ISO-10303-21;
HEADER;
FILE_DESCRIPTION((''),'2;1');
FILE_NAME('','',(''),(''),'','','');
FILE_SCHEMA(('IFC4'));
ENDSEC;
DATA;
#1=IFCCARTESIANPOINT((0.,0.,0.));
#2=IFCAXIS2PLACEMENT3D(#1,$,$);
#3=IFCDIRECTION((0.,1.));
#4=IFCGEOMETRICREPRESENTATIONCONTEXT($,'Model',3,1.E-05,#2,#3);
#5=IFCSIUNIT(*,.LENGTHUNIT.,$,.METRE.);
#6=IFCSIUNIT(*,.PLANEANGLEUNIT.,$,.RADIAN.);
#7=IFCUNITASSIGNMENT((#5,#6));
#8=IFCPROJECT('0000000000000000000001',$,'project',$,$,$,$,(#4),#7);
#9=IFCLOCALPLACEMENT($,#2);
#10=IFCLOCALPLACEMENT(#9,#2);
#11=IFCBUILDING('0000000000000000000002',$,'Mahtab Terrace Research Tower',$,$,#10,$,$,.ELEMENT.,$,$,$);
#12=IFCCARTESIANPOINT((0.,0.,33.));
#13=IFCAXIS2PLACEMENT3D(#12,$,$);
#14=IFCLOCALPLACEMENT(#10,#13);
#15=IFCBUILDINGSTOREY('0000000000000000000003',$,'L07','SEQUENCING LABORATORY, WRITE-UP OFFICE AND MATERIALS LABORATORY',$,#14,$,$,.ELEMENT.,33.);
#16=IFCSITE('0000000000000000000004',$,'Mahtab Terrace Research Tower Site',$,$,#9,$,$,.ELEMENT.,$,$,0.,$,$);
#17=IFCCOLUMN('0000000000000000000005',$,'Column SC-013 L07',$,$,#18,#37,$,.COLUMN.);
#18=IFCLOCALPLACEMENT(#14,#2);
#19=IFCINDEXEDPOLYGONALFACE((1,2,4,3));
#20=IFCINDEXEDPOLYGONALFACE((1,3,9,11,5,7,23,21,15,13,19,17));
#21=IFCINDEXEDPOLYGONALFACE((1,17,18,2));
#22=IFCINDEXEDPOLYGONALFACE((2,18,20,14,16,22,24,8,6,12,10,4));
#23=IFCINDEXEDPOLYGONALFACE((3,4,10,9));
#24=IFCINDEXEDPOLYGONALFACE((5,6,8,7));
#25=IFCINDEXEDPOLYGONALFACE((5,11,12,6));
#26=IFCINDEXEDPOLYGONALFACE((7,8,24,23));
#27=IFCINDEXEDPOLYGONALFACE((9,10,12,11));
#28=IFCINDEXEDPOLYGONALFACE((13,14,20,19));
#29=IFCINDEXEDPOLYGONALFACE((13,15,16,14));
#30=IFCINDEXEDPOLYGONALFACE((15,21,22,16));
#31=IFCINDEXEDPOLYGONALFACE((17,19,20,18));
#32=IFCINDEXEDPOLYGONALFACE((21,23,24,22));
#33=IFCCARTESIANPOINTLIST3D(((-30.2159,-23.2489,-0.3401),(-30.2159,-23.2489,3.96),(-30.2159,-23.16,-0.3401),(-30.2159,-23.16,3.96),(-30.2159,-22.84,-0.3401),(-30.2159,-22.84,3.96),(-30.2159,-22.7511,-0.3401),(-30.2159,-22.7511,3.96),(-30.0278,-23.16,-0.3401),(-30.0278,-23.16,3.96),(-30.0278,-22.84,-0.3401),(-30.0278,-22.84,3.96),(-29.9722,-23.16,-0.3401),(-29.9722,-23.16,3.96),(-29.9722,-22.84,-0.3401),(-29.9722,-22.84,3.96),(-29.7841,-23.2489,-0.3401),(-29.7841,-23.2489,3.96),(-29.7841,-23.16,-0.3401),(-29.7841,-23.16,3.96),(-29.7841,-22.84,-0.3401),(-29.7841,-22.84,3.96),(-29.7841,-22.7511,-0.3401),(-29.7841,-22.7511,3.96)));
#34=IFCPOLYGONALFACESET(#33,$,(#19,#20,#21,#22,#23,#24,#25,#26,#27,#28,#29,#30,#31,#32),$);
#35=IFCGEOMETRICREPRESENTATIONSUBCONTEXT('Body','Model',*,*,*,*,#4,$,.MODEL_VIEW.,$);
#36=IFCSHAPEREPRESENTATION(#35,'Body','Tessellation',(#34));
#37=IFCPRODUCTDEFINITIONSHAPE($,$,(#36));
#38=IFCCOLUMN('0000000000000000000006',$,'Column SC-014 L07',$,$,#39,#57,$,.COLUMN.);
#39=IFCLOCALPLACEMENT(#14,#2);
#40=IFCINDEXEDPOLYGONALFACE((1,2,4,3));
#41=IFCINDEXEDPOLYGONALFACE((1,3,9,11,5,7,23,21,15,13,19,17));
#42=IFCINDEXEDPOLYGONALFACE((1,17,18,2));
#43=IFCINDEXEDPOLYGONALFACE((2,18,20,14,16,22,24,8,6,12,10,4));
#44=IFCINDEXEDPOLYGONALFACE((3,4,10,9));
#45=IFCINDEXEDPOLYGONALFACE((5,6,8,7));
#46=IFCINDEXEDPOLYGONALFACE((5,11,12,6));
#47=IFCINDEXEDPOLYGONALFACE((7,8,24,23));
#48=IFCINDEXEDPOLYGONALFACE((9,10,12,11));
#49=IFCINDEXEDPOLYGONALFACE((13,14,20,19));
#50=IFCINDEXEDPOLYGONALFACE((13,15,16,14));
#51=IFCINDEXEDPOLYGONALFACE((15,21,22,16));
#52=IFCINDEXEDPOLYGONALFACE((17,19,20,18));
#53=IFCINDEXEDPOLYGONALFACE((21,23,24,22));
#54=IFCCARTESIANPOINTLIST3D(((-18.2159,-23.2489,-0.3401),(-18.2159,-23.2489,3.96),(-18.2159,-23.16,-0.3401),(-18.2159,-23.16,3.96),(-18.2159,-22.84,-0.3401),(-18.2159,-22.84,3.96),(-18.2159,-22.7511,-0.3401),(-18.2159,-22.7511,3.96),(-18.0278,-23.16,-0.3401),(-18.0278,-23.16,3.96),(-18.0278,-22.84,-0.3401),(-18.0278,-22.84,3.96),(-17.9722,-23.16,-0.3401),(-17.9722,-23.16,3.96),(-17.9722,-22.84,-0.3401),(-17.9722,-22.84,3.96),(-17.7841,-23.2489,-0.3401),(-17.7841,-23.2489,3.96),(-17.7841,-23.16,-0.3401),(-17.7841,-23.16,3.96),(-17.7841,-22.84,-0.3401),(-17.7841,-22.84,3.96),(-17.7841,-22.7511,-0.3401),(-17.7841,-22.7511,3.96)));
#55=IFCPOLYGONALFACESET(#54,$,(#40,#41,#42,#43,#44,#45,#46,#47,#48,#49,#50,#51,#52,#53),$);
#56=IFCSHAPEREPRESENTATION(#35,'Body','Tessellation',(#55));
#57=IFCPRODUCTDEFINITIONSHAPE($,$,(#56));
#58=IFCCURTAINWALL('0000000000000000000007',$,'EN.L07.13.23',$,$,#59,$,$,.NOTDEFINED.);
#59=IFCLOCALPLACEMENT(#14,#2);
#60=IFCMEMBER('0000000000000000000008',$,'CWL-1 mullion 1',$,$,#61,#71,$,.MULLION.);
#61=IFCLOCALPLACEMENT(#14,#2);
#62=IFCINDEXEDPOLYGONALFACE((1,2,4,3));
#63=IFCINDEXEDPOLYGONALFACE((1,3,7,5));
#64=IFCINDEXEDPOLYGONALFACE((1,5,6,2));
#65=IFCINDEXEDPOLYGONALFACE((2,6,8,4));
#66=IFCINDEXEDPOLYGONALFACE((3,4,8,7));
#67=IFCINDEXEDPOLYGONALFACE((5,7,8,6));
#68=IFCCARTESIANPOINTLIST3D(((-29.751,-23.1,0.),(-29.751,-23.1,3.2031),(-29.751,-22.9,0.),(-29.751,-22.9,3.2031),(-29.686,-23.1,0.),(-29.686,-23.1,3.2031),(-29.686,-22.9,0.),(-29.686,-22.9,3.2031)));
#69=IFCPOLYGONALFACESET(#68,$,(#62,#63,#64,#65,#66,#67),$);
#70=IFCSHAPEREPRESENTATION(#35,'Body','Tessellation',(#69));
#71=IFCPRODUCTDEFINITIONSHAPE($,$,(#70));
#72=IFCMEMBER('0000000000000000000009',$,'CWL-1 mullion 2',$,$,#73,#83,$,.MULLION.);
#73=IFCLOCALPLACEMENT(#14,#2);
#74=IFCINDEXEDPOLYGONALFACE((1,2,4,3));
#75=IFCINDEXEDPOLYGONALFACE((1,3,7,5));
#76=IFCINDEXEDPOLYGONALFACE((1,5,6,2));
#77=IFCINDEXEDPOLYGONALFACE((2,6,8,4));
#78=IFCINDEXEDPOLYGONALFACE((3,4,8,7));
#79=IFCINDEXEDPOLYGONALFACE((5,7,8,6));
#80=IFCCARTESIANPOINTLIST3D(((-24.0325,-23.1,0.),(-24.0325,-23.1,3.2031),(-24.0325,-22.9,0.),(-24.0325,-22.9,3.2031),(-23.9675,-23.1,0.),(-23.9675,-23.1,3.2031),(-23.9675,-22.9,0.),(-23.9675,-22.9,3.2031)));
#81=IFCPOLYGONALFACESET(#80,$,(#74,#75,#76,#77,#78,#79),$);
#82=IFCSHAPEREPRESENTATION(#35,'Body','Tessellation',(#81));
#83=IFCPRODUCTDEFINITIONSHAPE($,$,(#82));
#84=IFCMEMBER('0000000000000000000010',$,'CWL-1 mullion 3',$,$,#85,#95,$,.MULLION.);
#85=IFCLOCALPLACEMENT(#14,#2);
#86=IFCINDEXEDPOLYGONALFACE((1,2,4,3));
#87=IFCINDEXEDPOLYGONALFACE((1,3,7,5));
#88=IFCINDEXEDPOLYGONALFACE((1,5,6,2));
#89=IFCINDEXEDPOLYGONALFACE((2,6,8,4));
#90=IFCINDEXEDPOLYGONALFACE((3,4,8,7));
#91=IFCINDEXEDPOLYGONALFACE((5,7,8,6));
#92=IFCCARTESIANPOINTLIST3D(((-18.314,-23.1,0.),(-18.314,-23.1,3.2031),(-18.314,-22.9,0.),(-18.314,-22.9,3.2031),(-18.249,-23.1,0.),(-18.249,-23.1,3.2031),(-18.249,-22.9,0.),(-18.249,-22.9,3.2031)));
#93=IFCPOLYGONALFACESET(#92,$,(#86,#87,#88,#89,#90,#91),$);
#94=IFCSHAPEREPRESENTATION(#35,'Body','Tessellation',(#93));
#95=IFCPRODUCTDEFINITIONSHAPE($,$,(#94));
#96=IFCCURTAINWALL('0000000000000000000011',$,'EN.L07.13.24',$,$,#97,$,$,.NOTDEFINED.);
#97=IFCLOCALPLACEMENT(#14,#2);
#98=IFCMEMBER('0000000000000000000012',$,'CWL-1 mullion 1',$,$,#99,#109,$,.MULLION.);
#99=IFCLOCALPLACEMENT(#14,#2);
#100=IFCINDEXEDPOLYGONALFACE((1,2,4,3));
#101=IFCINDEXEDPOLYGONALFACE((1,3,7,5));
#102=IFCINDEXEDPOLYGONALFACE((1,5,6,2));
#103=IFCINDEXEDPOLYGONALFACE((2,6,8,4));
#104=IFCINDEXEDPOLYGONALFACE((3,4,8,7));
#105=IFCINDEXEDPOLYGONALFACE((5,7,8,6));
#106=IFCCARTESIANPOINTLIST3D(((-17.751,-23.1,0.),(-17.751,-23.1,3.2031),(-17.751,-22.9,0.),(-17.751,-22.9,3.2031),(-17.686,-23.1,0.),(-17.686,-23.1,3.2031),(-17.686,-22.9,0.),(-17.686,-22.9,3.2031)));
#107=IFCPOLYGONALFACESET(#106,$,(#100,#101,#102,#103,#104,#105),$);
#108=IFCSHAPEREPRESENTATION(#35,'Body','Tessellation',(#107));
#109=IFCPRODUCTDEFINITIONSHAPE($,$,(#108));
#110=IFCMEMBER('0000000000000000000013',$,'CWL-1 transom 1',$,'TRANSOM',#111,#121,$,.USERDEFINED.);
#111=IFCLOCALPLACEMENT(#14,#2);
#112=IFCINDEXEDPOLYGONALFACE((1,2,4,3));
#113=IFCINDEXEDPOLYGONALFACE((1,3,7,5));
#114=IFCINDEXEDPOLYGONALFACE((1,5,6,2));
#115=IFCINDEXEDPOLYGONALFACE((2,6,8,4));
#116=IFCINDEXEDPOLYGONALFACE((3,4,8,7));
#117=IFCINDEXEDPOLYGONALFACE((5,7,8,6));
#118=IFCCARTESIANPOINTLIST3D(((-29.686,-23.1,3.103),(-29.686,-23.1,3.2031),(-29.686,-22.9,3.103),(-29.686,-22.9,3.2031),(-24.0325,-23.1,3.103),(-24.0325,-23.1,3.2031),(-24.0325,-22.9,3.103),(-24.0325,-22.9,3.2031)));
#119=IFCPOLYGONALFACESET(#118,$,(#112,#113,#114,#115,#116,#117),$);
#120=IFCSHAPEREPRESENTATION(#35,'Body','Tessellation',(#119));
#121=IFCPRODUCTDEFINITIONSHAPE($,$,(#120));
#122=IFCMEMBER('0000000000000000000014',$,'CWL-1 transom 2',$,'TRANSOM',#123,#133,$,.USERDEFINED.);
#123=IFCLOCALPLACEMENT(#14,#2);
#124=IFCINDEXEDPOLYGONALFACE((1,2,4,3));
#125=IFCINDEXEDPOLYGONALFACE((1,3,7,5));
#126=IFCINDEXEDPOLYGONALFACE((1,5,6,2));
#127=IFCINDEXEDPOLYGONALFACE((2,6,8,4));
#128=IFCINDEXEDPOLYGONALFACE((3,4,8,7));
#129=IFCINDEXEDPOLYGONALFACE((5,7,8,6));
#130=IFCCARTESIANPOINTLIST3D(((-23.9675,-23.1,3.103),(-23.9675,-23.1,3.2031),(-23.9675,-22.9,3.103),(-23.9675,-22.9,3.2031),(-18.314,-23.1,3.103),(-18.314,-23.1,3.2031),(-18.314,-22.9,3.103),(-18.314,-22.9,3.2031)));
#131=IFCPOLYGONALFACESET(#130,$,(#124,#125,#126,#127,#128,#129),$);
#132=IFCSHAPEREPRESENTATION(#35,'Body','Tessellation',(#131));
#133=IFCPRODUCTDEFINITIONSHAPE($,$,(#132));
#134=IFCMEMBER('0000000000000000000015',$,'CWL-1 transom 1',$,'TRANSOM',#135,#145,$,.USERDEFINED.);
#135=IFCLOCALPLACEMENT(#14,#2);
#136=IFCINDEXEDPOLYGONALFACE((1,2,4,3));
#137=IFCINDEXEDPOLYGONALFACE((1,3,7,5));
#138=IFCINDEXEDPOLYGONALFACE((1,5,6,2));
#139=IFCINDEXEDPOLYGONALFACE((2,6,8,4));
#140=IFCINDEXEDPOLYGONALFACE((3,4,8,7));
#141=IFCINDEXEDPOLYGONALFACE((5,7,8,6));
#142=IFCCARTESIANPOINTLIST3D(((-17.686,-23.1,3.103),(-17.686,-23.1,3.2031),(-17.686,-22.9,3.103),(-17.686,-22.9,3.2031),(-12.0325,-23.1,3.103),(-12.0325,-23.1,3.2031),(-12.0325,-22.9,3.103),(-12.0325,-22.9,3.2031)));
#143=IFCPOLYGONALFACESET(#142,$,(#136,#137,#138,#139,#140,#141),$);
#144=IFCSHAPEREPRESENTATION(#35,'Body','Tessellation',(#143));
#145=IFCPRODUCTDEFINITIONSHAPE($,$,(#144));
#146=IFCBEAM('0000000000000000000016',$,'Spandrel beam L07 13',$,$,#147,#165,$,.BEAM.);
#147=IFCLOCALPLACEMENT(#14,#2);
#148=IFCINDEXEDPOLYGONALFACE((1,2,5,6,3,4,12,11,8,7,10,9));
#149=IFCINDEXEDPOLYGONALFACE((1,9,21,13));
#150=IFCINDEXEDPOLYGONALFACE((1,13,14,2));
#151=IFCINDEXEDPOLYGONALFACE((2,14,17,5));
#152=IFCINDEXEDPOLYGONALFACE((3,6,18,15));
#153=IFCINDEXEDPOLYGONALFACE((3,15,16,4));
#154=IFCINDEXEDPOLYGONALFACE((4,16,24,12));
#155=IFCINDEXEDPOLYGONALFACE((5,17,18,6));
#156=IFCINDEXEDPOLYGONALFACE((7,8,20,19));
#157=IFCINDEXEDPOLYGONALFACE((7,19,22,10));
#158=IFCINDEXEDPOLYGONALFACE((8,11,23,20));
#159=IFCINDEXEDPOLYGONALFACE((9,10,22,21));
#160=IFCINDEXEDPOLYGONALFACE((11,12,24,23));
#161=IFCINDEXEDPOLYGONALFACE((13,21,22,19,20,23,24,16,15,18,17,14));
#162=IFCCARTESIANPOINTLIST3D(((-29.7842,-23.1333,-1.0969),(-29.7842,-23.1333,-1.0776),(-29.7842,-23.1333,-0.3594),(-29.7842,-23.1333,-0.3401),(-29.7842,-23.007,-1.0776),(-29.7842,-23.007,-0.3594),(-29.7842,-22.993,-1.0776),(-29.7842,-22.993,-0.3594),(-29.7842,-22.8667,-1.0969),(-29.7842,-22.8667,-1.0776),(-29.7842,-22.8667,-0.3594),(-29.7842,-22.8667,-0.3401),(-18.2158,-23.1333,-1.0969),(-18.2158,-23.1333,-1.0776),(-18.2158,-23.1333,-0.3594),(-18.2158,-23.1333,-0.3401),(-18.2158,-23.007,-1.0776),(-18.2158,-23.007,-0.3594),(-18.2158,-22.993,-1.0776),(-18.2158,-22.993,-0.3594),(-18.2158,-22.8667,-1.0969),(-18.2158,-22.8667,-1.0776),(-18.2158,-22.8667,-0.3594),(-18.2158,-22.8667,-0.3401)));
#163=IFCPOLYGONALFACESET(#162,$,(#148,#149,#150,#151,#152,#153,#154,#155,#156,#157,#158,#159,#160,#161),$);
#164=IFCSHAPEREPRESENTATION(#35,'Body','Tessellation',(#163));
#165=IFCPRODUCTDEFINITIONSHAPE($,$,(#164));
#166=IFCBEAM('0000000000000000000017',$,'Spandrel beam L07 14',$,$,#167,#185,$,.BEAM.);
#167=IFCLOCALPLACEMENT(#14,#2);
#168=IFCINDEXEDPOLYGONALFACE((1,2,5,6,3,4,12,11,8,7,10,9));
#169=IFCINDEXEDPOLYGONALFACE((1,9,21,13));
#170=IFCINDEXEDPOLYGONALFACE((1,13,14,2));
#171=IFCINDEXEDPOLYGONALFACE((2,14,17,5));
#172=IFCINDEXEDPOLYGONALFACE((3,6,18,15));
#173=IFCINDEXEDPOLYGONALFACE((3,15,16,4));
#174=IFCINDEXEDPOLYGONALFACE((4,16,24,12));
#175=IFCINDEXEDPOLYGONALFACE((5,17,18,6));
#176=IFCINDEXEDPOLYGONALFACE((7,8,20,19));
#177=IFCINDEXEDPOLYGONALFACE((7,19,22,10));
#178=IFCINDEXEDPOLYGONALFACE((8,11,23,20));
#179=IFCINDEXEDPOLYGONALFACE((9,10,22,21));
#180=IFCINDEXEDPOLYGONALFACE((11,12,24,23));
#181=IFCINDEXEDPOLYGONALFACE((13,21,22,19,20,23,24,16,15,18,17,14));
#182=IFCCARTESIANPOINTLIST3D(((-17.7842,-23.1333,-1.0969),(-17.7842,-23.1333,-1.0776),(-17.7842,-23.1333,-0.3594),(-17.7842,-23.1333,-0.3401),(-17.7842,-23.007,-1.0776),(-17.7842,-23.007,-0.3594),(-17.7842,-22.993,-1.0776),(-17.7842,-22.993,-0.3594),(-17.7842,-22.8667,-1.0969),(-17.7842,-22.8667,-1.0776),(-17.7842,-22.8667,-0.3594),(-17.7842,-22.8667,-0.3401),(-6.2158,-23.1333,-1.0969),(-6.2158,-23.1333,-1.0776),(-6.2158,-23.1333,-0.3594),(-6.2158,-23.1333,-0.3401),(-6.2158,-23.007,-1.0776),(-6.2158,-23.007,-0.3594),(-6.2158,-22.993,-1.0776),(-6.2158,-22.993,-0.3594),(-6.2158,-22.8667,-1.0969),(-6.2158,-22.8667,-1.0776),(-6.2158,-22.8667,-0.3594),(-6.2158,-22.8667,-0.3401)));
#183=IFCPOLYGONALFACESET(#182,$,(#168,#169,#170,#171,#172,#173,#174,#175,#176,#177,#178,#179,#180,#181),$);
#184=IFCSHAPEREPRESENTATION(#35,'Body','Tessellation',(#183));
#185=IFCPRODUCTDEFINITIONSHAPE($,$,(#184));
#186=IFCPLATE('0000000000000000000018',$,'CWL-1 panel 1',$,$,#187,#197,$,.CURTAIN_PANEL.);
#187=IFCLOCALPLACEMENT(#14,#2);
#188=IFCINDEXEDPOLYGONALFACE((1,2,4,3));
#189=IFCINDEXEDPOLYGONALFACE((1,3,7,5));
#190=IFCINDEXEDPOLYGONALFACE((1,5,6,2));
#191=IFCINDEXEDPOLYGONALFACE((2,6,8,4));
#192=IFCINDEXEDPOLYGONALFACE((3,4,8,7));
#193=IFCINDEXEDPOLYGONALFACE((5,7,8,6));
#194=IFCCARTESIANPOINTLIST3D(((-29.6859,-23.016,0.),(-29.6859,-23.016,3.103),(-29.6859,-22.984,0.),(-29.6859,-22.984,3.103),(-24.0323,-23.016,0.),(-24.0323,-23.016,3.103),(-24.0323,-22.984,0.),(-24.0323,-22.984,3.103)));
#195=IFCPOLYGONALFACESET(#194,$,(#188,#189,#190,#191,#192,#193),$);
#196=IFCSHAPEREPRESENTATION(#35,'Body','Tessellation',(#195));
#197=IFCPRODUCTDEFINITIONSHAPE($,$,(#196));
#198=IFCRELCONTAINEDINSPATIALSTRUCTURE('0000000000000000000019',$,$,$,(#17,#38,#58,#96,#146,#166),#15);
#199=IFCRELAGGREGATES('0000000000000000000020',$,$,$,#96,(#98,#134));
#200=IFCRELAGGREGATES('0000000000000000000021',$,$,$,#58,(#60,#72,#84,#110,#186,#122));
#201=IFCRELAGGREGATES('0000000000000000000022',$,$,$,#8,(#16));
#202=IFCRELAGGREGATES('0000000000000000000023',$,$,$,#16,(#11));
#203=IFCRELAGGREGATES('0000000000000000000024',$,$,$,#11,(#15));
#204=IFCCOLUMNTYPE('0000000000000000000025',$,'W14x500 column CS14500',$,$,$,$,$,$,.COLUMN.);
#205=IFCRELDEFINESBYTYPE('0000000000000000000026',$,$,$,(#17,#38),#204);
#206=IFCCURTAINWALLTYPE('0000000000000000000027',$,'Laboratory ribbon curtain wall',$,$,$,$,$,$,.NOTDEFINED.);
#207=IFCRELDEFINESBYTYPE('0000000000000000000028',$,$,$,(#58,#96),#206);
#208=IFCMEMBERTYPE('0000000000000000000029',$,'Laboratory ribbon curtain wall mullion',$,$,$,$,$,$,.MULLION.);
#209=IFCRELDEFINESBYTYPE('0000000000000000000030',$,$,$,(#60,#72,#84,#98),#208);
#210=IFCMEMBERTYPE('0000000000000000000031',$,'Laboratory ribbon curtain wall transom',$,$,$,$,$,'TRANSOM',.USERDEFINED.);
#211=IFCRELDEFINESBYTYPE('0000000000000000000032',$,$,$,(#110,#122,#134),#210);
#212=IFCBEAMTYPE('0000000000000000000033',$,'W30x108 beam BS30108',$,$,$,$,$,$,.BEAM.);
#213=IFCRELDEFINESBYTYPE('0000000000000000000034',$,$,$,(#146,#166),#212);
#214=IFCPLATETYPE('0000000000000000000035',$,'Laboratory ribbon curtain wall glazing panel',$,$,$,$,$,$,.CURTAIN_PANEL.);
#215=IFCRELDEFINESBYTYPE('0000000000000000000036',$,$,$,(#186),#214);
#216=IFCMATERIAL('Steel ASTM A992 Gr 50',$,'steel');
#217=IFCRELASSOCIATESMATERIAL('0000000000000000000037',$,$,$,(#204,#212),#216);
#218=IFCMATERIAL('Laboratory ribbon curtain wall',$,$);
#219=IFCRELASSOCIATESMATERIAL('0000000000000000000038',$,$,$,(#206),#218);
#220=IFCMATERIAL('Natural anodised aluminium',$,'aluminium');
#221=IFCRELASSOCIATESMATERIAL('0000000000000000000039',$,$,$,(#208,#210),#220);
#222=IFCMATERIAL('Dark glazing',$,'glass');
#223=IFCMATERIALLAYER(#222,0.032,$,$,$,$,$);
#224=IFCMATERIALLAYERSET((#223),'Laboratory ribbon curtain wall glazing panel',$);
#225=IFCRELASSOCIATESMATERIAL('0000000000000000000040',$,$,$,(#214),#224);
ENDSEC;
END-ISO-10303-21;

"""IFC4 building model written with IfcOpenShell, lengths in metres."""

from ifc_helpers import new_model, si_unit, direction, frame, origin, origin_2d, place, context, subcontext, project, spatial, rectangle, i_section, extrude, material, layer, layer_set, material_profile, profile_set, type_object, element, aggregate, save


model = new_model("IFC4")

# Units and contexts
model_context = context("Model", 3, precision=1e-05, world=origin(), true_north=direction((0.0, 1.0)))
body_context = subcontext(model_context, "Body", "Model", "MODEL_VIEW")
ifc_project = project(units=[si_unit("LENGTHUNIT", "METRE"), si_unit("PLANEANGLEUNIT", "RADIAN")], contexts=[model_context])

# Site, building, storey
site_placement = place(None, origin())
site = spatial("IfcSite", under=ifc_project, at=site_placement, Name="Mahtab Terrace Research Tower Site", CompositionType="ELEMENT", RefElevation=0.0)
building_placement = place(site_placement, origin())
building = spatial("IfcBuilding", under=site, at=building_placement, Name="Mahtab Terrace Research Tower", CompositionType="ELEMENT")
storey_placement = place(building_placement, frame((0.0, 0.0, 33.0)))
storey = spatial("IfcBuildingStorey", under=building, at=storey_placement, Name="L07", Description="SEQUENCING LABORATORY, WRITE-UP OFFICE AND MATERIALS LABORATORY", CompositionType="ELEMENT", Elevation=33.0)

# Columns
ifc_material_1 = material(Name="Steel ASTM A992 Gr 50", Category="steel")
ifc_material_profile_1 = material_profile(ifc_material_1, i_section(OverallWidth=0.4319, OverallDepth=0.4978, WebThickness=0.0557, FlangeThickness=0.0889, at=origin_2d()), Name="W14X500")
ifc_profile_set_1 = profile_set([ifc_material_profile_1], Name="Steel ASTM A992 Gr 50")
column_type = type_object("IfcColumnType", Name="W14x500 column CS14500", PredefinedType="COLUMN", material=ifc_profile_set_1)
for number, where, z_axis, x_axis, name in (
    (1, (-30.0, -23.0, -0.3401), (0.0, 0.0, 1.0), (1.0, 0.0, 0.0), "Column SC-013 L07"),
    (2, (-18.0, -23.0, -0.3401), (0.0, 0.0, 1.0), (1.0, 0.0, 0.0), "Column SC-014 L07"),
):
    element("IfcColumn", number, at=place(storey_placement, frame(where, z_axis=z_axis, x_axis=x_axis)), inside=storey, type_object=column_type, Name=name, PredefinedType="COLUMN", context=body_context, shape_type="SweptSolid", body=[
        extrude(i_section(OverallWidth=0.4319, OverallDepth=0.4978, WebThickness=0.0557, FlangeThickness=0.0889, at=origin_2d()), origin(), (0.0, 0.0, 1.0), 4.3),
    ])

# Curtain wall, members
ifc_material_2 = material(Name="Laboratory ribbon curtain wall")
curtain_wall_type = type_object("IfcCurtainWallType", Name="Laboratory ribbon curtain wall", PredefinedType="NOTDEFINED", material=ifc_material_2)
curtain_wall_1_placement = place(storey_placement, origin())
curtain_wall_1 = element("IfcCurtainWall", 3, at=curtain_wall_1_placement, inside=storey, type_object=curtain_wall_type, Name="EN.L07.13.23", PredefinedType="NOTDEFINED")
ifc_material_3 = material(Name="Natural anodised aluminium", Category="aluminium")
ifc_material_profile_2 = material_profile(ifc_material_3, rectangle(XDim=0.2, YDim=0.0649, at=origin_2d()), Name="MULLION 65x200")
ifc_profile_set_2 = profile_set([ifc_material_profile_2], Name="Natural anodised aluminium")
member_type_1 = type_object("IfcMemberType", Name="Laboratory ribbon curtain wall mullion", PredefinedType="MULLION", material=ifc_profile_set_2)
member_1_placement = place(storey_placement, frame((-29.7185, -23.0, 0.0), z_axis=(0.0, 0.0, 1.0), x_axis=(0.0, 1.0, 0.0)))
member_1 = element("IfcMember", 4, at=member_1_placement, type_object=member_type_1, Name="CWL-1 mullion 1", PredefinedType="MULLION", context=body_context, shape_type="SweptSolid", body=[
    extrude(rectangle(XDim=0.2, YDim=0.0649, at=origin_2d()), origin(), (0.0, 0.0, 1.0), 3.2031),
])
member_2_placement = place(storey_placement, frame((-24.0, -23.0, 0.0), z_axis=(0.0, 0.0, 1.0), x_axis=(0.0, 1.0, 0.0)))
member_2 = element("IfcMember", 5, at=member_2_placement, type_object=member_type_1, Name="CWL-1 mullion 2", PredefinedType="MULLION", context=body_context, shape_type="SweptSolid", body=[
    extrude(rectangle(XDim=0.2, YDim=0.0649, at=origin_2d()), origin(), (0.0, 0.0, 1.0), 3.2031),
])
member_3_placement = place(storey_placement, frame((-18.2815, -23.0, 0.0), z_axis=(0.0, 0.0, 1.0), x_axis=(0.0, 1.0, 0.0)))
member_3 = element("IfcMember", 6, at=member_3_placement, type_object=member_type_1, Name="CWL-1 mullion 3", PredefinedType="MULLION", context=body_context, shape_type="SweptSolid", body=[
    extrude(rectangle(XDim=0.2, YDim=0.0649, at=origin_2d()), origin(), (0.0, 0.0, 1.0), 3.2031),
])

# Curtain wall, member
curtain_wall_2_placement = place(storey_placement, origin())
curtain_wall_2 = element("IfcCurtainWall", 7, at=curtain_wall_2_placement, inside=storey, type_object=curtain_wall_type, Name="EN.L07.13.24", PredefinedType="NOTDEFINED")
member_4_placement = place(storey_placement, frame((-17.7185, -23.0, 0.0), z_axis=(0.0, 0.0, 1.0), x_axis=(0.0, 1.0, 0.0)))
member_4 = element("IfcMember", 8, at=member_4_placement, type_object=member_type_1, Name="CWL-1 mullion 1", PredefinedType="MULLION", context=body_context, shape_type="SweptSolid", body=[
    extrude(rectangle(XDim=0.2, YDim=0.0649, at=origin_2d()), origin(), (0.0, 0.0, 1.0), 3.2031),
])

# Members
ifc_material_profile_3 = material_profile(ifc_material_3, rectangle(XDim=0.2, YDim=0.1001, at=origin_2d()), Name="TRANSOM 100x200")
ifc_profile_set_3 = profile_set([ifc_material_profile_3], Name="Natural anodised aluminium")
member_type_2 = type_object("IfcMemberType", Name="Laboratory ribbon curtain wall transom", ElementType="TRANSOM", PredefinedType="USERDEFINED", material=ifc_profile_set_3)
member_5_placement = place(storey_placement, frame((-29.686, -23.0, 3.1531), z_axis=(1.0, 0.0, 0.0), x_axis=(0.0, 1.0, 0.0)))
member_5 = element("IfcMember", 9, at=member_5_placement, type_object=member_type_2, Name="CWL-1 transom 1", ObjectType="TRANSOM", PredefinedType="USERDEFINED", context=body_context, shape_type="SweptSolid", body=[
    extrude(rectangle(XDim=0.2, YDim=0.1001, at=origin_2d()), origin(), (0.0, 0.0, 1.0), 5.6536),
])
member_6_placement = place(storey_placement, frame((-23.9675, -23.0, 3.1531), z_axis=(1.0, 0.0, 0.0), x_axis=(0.0, 1.0, 0.0)))
member_6 = element("IfcMember", 10, at=member_6_placement, type_object=member_type_2, Name="CWL-1 transom 2", ObjectType="TRANSOM", PredefinedType="USERDEFINED", context=body_context, shape_type="SweptSolid", body=[
    extrude(rectangle(XDim=0.2, YDim=0.1001, at=origin_2d()), origin(), (0.0, 0.0, 1.0), 5.6536),
])
member_7_placement = place(storey_placement, frame((-17.686, -23.0, 3.1531), z_axis=(1.0, 0.0, 0.0), x_axis=(0.0, 1.0, 0.0)))
member_7 = element("IfcMember", 11, at=member_7_placement, type_object=member_type_2, Name="CWL-1 transom 1", ObjectType="TRANSOM", PredefinedType="USERDEFINED", context=body_context, shape_type="SweptSolid", body=[
    extrude(rectangle(XDim=0.2, YDim=0.1001, at=origin_2d()), origin(), (0.0, 0.0, 1.0), 5.6536),
])
aggregate(curtain_wall_2, [member_4, member_7])

# Beams
ifc_material_profile_4 = material_profile(ifc_material_1, i_section(OverallWidth=0.2666, OverallDepth=0.7568, WebThickness=0.0139, FlangeThickness=0.0193, at=origin_2d()), Name="W30X108")
ifc_profile_set_4 = profile_set([ifc_material_profile_4], Name="Steel ASTM A992 Gr 50")
beam_type = type_object("IfcBeamType", Name="W30x108 beam BS30108", PredefinedType="BEAM", material=ifc_profile_set_4)
for number, where, z_axis, x_axis, name in (
    (12, (-29.7842, -23.0, -0.7185), (1.0, 0.0, 0.0), (0.0, 1.0, 0.0), "Spandrel beam L07 13"),
    (13, (-17.7842, -23.0, -0.7185), (1.0, 0.0, 0.0), (0.0, 1.0, 0.0), "Spandrel beam L07 14"),
):
    element("IfcBeam", number, at=place(storey_placement, frame(where, z_axis=z_axis, x_axis=x_axis)), inside=storey, type_object=beam_type, Name=name, PredefinedType="BEAM", context=body_context, shape_type="SweptSolid", body=[
        extrude(i_section(OverallWidth=0.2666, OverallDepth=0.7568, WebThickness=0.0139, FlangeThickness=0.0193, at=origin_2d()), origin(), (0.0, 0.0, 1.0), 11.5684),
    ])

# Plate
ifc_material_4 = material(Name="Dark glazing", Category="glass")
ifc_layer_1 = layer(ifc_material_4, 0.032)
ifc_layer_set_1 = layer_set([ifc_layer_1], Name="Laboratory ribbon curtain wall glazing panel")
plate_type = type_object("IfcPlateType", Name="Laboratory ribbon curtain wall glazing panel", PredefinedType="CURTAIN_PANEL", material=ifc_layer_set_1)
plate_1_placement = place(storey_placement, frame((-26.8591, -23.0, 0.0), z_axis=(0.0, 0.0, 1.0), x_axis=(1.0, 0.0, 0.0)))
plate_1 = element("IfcPlate", 14, at=plate_1_placement, type_object=plate_type, Name="CWL-1 panel 1", PredefinedType="CURTAIN_PANEL", context=body_context, shape_type="SweptSolid", body=[
    extrude(rectangle(XDim=5.6536, YDim=0.032, at=origin_2d()), origin(), (0.0, 0.0, 1.0), 3.103),
])
aggregate(curtain_wall_1, [member_1, member_2, member_3, member_5, plate_1, member_6])

save(model, "model.ifc")
